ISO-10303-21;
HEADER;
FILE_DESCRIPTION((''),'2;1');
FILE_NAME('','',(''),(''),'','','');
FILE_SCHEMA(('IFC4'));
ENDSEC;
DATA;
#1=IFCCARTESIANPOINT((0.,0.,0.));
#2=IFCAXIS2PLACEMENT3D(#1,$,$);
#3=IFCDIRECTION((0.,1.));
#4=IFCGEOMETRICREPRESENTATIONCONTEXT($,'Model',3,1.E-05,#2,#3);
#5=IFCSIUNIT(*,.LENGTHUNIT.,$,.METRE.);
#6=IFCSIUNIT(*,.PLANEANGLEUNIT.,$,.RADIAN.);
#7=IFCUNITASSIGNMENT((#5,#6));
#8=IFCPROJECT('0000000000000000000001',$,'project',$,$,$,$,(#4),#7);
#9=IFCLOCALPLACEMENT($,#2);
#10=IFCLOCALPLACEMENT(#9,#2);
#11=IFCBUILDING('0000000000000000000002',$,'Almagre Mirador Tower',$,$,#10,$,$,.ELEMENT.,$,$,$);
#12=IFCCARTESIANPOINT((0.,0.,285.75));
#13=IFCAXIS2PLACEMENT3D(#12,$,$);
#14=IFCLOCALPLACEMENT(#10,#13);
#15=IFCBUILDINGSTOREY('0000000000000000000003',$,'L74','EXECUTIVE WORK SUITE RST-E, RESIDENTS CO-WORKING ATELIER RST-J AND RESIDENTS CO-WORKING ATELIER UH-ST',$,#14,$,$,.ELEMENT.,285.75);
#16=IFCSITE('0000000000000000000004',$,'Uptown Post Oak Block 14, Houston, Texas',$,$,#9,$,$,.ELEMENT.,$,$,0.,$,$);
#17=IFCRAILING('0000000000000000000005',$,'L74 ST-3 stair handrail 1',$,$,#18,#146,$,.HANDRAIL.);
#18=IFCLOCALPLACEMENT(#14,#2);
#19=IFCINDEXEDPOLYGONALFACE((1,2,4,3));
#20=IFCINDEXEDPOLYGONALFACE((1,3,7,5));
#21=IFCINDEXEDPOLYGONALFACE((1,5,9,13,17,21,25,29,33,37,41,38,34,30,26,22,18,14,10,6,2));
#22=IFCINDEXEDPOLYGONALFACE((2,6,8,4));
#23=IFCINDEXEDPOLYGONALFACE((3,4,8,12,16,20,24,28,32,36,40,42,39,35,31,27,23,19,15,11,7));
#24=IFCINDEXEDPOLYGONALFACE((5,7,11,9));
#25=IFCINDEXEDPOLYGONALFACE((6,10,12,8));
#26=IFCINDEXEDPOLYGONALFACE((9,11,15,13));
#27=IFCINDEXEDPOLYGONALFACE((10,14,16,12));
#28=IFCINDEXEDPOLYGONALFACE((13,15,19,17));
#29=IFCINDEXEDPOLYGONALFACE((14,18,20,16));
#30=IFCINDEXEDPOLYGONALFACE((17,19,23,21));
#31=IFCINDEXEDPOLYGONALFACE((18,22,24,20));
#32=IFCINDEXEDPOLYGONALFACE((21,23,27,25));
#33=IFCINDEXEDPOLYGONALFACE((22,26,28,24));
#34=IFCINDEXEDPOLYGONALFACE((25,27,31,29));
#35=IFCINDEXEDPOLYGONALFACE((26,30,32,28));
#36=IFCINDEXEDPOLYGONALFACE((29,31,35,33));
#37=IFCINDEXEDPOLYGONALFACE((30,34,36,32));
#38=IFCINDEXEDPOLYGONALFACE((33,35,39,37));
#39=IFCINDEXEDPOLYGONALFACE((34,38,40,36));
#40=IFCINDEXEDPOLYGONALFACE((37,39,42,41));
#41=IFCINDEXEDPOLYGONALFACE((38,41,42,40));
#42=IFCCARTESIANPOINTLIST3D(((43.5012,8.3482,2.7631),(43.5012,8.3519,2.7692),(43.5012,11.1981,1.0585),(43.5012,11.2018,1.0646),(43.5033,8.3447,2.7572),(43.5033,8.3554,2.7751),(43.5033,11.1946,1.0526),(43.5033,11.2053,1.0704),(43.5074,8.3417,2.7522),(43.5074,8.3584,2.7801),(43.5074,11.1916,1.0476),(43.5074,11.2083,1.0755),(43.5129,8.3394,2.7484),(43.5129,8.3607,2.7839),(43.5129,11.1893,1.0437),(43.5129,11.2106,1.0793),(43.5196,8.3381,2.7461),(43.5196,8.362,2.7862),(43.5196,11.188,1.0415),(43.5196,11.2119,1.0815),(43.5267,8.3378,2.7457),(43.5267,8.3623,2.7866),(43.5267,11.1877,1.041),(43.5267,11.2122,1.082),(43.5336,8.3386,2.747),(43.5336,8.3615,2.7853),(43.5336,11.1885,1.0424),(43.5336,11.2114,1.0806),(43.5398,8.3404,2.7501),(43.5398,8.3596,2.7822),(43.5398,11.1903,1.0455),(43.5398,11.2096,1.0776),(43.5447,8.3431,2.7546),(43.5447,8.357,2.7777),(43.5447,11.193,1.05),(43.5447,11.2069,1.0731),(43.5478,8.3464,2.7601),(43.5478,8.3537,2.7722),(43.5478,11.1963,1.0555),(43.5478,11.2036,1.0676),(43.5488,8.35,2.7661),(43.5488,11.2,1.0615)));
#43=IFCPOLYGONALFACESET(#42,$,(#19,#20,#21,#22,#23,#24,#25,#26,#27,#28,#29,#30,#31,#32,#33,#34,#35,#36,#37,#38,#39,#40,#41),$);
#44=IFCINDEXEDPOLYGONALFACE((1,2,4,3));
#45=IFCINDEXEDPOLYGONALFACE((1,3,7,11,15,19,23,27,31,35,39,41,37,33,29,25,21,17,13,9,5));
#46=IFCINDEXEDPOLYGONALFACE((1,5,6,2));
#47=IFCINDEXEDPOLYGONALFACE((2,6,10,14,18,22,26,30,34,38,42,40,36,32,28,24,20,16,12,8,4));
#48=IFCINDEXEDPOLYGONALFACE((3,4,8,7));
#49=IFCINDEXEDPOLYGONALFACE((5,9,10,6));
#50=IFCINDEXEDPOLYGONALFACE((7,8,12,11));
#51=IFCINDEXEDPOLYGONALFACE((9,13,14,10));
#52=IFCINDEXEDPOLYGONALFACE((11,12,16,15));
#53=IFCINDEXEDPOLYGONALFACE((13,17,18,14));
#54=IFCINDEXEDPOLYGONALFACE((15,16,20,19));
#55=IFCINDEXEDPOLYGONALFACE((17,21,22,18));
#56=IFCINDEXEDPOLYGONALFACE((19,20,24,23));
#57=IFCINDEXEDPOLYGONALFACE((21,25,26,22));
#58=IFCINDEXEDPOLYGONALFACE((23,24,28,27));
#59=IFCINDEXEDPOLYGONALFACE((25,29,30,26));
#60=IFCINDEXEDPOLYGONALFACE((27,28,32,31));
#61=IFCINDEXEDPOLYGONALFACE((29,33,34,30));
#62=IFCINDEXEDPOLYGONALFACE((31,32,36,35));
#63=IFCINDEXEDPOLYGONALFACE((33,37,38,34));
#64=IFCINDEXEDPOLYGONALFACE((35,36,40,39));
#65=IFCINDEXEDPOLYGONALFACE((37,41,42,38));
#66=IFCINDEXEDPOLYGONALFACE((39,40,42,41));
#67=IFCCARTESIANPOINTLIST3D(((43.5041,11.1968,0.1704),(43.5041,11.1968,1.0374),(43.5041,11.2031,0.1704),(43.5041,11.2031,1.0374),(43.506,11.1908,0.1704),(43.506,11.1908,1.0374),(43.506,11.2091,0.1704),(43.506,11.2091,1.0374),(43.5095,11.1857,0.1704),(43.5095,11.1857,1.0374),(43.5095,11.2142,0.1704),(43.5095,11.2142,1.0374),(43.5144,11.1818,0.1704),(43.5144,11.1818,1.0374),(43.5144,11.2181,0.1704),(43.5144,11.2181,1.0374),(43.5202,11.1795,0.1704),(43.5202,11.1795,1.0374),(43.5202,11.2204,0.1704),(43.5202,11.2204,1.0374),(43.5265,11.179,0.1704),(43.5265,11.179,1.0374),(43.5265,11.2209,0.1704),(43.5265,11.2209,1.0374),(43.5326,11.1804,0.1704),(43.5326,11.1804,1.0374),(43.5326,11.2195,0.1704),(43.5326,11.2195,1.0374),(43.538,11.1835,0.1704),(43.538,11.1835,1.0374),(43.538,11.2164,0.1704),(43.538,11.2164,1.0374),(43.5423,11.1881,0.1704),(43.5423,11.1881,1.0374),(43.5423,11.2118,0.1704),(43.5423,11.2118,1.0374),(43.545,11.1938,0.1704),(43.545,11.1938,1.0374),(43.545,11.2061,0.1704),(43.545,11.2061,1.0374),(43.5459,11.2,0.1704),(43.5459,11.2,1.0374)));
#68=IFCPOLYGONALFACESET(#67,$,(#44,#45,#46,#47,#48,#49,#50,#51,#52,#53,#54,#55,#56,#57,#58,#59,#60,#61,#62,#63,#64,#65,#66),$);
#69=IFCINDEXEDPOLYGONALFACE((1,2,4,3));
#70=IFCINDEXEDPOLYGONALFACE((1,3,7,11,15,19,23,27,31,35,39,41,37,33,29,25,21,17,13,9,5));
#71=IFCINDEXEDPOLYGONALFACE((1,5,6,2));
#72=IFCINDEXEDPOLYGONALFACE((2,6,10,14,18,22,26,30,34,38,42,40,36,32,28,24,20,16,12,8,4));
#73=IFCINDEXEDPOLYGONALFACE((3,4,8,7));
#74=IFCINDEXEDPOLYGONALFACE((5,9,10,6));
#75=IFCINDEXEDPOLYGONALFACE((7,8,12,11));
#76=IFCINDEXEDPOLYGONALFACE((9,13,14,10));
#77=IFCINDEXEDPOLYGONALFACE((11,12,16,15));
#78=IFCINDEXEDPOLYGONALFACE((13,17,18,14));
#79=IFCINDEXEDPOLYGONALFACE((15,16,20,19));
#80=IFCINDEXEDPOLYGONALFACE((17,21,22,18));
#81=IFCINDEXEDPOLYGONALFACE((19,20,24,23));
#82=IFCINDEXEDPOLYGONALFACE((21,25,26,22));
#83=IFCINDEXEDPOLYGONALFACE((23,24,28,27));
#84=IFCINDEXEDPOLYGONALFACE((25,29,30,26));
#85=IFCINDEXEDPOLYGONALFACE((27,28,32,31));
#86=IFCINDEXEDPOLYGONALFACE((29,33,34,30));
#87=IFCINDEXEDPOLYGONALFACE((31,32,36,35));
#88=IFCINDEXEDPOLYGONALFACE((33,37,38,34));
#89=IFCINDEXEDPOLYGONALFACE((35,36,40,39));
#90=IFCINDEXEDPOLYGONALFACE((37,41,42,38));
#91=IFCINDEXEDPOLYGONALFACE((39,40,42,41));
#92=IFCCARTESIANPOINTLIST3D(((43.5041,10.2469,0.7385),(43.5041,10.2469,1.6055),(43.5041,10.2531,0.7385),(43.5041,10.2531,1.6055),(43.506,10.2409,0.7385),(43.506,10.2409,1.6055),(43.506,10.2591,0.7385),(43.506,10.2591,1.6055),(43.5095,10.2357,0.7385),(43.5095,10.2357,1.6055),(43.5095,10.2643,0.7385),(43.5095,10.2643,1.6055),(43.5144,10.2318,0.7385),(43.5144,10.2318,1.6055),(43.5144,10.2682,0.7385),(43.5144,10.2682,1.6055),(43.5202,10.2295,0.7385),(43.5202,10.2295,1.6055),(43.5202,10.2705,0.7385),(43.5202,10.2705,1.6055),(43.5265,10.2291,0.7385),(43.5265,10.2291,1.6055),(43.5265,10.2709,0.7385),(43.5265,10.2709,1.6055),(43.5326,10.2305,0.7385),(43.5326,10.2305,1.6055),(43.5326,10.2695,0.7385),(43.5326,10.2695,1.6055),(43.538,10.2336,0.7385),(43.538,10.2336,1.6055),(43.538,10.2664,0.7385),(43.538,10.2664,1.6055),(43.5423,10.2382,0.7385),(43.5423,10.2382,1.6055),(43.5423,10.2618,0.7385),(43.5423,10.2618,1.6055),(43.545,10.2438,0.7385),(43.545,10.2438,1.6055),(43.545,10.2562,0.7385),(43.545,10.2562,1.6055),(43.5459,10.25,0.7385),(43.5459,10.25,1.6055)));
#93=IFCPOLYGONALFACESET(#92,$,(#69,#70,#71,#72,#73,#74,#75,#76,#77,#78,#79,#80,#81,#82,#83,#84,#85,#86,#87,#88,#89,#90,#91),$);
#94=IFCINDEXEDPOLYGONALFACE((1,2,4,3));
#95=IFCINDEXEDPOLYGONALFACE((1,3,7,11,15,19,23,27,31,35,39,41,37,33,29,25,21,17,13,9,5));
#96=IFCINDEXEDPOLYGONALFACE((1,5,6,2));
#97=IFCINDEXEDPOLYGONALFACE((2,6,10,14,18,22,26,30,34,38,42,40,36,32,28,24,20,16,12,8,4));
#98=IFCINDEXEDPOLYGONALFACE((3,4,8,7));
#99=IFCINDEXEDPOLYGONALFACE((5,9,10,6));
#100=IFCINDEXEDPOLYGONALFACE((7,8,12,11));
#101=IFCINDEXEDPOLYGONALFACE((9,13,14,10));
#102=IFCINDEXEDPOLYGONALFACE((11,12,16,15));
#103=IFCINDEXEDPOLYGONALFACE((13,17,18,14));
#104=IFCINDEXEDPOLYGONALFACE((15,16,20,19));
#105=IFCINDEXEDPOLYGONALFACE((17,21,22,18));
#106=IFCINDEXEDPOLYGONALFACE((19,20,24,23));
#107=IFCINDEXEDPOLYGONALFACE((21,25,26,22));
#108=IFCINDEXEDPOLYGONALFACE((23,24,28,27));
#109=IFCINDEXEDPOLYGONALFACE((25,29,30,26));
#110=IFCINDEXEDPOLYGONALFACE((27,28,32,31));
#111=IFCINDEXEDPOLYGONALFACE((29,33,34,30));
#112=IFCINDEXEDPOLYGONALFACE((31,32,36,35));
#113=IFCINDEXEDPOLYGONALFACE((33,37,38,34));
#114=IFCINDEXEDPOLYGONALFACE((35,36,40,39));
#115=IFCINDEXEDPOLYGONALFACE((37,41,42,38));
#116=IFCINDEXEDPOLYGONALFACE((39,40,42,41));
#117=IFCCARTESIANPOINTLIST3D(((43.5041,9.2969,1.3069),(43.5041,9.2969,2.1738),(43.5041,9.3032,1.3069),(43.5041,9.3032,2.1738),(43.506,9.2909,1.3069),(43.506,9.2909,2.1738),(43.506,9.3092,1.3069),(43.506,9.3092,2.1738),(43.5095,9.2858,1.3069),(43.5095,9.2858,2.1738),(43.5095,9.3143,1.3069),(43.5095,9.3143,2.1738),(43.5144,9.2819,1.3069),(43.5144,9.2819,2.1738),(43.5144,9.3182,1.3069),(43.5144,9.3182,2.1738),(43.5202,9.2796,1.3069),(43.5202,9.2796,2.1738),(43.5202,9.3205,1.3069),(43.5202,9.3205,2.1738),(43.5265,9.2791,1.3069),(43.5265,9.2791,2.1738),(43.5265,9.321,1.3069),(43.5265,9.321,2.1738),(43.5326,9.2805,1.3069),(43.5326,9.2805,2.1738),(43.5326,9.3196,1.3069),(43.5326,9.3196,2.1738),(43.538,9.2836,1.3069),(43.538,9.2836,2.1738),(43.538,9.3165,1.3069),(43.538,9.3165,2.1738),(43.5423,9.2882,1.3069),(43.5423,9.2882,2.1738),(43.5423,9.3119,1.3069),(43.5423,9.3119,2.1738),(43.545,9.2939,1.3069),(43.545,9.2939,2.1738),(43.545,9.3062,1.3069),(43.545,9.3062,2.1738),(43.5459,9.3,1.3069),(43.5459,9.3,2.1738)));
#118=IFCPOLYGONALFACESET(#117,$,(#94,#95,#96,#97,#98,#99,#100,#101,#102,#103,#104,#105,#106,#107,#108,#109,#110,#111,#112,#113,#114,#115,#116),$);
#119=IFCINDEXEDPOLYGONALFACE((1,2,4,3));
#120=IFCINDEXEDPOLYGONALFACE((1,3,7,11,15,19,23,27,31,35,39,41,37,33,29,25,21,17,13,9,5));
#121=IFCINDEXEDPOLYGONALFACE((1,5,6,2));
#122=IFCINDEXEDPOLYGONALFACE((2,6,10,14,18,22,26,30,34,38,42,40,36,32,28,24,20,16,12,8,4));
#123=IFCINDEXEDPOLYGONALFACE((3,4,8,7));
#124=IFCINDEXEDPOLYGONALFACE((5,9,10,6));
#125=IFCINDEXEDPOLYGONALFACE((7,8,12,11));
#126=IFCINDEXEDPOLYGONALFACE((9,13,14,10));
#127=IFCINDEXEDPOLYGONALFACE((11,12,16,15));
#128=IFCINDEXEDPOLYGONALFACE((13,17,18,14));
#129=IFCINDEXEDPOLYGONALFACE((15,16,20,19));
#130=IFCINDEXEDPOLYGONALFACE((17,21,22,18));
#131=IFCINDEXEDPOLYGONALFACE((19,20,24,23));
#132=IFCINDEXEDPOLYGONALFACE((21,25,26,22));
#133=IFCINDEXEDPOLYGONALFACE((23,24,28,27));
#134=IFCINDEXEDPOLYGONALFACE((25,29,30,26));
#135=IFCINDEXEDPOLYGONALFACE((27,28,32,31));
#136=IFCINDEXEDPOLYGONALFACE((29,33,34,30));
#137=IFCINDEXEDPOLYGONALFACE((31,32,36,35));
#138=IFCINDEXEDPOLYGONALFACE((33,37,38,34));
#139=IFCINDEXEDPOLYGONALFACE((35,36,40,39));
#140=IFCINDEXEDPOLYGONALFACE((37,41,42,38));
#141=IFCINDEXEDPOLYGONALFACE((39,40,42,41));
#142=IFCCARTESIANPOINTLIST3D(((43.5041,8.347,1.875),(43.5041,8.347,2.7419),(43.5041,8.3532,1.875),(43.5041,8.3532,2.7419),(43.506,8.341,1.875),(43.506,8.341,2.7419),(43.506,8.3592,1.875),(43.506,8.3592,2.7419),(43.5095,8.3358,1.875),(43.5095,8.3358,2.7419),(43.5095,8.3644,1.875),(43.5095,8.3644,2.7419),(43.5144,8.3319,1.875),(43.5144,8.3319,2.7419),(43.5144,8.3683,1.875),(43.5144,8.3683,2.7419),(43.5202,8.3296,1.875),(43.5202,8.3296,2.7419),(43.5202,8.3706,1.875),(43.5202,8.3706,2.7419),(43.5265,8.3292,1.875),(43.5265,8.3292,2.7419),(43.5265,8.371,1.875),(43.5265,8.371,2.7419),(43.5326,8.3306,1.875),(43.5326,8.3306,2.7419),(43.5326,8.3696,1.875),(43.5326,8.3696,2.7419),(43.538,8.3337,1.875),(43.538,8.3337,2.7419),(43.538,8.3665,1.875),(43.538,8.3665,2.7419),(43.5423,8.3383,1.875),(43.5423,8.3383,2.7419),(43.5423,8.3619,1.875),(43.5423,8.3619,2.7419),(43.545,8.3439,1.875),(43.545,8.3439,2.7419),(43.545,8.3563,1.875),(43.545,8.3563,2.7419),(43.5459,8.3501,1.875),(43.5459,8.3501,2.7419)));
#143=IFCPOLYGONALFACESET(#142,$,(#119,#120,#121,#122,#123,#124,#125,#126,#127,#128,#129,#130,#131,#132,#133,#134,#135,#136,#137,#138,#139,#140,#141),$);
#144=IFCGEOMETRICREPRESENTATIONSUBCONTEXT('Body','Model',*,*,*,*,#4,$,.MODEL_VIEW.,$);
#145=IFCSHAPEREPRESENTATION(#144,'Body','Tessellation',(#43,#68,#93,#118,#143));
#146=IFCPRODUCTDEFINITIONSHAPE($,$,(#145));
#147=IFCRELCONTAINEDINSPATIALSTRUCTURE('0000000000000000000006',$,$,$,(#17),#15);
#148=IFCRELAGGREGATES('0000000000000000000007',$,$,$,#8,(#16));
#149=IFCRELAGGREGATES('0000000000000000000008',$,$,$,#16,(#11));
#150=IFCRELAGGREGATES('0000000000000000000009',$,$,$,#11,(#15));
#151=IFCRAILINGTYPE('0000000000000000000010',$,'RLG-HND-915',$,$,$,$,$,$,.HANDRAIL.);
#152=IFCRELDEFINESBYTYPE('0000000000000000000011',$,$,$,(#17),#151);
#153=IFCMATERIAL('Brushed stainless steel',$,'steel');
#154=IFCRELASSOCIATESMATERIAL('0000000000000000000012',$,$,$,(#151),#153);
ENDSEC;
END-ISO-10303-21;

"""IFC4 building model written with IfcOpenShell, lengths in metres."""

from ifc_helpers import new_model, si_unit, direction, frame, origin, origin_2d, place, context, subcontext, project, spatial, circle, extrude, material, type_object, element, save


model = new_model("IFC4")

# Units and contexts
model_context = context("Model", 3, precision=1e-05, world=origin(), true_north=direction((0.0, 1.0)))
body_context = subcontext(model_context, "Body", "Model", "MODEL_VIEW")
ifc_project = project(units=[si_unit("LENGTHUNIT", "METRE"), si_unit("PLANEANGLEUNIT", "RADIAN")], contexts=[model_context])

# Site, building, storey
site_placement = place(None, origin())
site = spatial("IfcSite", under=ifc_project, at=site_placement, Name="Uptown Post Oak Block 14, Houston, Texas", CompositionType="ELEMENT", RefElevation=0.0)
building_placement = place(site_placement, origin())
building = spatial("IfcBuilding", under=site, at=building_placement, Name="Almagre Mirador Tower", CompositionType="ELEMENT")
storey_placement = place(building_placement, frame((0.0, 0.0, 285.75)))
storey = spatial("IfcBuildingStorey", under=building, at=storey_placement, Name="L74", Description="EXECUTIVE WORK SUITE RST-E, RESIDENTS CO-WORKING ATELIER RST-J AND RESIDENTS CO-WORKING ATELIER UH-ST", CompositionType="ELEMENT", Elevation=285.75)

# Railing
ifc_material_1 = material(Name="Brushed stainless steel", Category="steel")
railing_type_1 = type_object("IfcRailingType", Name="RLG-HND-915", PredefinedType="HANDRAIL", material=ifc_material_1)
railing_1_placement = place(storey_placement, frame((43.5249, 11.2, 0.1704)))
element("IfcRailing", 1, at=railing_1_placement, inside=storey, type_object=railing_type_1, Name="L74 ST-3 stair handrail 1", PredefinedType="HANDRAIL", context=body_context, shape_type="SweptSolid", body=[
    extrude(circle(Radius=0.0239, at=origin_2d()), frame((0.0, 0.0, 0.8911), z_axis=(0.0, -0.858199, 0.513317), x_axis=(1.0, 0.0, 0.0)), (0.0, 0.0, 1.0), 3.3208),
    extrude(circle(Radius=0.021, at=origin_2d()), origin(), (0.0, 0.0, 1.0), 0.8669),
    extrude(circle(Radius=0.021, at=origin_2d()), frame((0.0, -0.95, 0.5681)), (0.0, 0.0, 1.0), 0.8669),
    extrude(circle(Radius=0.021, at=origin_2d()), frame((0.0, -1.8999, 1.1365)), (0.0, 0.0, 1.0), 0.8669),
    extrude(circle(Radius=0.021, at=origin_2d()), frame((0.0, -2.8499, 1.7046)), (0.0, 0.0, 1.0), 0.8669),
])

save(model, "model.ifc")
